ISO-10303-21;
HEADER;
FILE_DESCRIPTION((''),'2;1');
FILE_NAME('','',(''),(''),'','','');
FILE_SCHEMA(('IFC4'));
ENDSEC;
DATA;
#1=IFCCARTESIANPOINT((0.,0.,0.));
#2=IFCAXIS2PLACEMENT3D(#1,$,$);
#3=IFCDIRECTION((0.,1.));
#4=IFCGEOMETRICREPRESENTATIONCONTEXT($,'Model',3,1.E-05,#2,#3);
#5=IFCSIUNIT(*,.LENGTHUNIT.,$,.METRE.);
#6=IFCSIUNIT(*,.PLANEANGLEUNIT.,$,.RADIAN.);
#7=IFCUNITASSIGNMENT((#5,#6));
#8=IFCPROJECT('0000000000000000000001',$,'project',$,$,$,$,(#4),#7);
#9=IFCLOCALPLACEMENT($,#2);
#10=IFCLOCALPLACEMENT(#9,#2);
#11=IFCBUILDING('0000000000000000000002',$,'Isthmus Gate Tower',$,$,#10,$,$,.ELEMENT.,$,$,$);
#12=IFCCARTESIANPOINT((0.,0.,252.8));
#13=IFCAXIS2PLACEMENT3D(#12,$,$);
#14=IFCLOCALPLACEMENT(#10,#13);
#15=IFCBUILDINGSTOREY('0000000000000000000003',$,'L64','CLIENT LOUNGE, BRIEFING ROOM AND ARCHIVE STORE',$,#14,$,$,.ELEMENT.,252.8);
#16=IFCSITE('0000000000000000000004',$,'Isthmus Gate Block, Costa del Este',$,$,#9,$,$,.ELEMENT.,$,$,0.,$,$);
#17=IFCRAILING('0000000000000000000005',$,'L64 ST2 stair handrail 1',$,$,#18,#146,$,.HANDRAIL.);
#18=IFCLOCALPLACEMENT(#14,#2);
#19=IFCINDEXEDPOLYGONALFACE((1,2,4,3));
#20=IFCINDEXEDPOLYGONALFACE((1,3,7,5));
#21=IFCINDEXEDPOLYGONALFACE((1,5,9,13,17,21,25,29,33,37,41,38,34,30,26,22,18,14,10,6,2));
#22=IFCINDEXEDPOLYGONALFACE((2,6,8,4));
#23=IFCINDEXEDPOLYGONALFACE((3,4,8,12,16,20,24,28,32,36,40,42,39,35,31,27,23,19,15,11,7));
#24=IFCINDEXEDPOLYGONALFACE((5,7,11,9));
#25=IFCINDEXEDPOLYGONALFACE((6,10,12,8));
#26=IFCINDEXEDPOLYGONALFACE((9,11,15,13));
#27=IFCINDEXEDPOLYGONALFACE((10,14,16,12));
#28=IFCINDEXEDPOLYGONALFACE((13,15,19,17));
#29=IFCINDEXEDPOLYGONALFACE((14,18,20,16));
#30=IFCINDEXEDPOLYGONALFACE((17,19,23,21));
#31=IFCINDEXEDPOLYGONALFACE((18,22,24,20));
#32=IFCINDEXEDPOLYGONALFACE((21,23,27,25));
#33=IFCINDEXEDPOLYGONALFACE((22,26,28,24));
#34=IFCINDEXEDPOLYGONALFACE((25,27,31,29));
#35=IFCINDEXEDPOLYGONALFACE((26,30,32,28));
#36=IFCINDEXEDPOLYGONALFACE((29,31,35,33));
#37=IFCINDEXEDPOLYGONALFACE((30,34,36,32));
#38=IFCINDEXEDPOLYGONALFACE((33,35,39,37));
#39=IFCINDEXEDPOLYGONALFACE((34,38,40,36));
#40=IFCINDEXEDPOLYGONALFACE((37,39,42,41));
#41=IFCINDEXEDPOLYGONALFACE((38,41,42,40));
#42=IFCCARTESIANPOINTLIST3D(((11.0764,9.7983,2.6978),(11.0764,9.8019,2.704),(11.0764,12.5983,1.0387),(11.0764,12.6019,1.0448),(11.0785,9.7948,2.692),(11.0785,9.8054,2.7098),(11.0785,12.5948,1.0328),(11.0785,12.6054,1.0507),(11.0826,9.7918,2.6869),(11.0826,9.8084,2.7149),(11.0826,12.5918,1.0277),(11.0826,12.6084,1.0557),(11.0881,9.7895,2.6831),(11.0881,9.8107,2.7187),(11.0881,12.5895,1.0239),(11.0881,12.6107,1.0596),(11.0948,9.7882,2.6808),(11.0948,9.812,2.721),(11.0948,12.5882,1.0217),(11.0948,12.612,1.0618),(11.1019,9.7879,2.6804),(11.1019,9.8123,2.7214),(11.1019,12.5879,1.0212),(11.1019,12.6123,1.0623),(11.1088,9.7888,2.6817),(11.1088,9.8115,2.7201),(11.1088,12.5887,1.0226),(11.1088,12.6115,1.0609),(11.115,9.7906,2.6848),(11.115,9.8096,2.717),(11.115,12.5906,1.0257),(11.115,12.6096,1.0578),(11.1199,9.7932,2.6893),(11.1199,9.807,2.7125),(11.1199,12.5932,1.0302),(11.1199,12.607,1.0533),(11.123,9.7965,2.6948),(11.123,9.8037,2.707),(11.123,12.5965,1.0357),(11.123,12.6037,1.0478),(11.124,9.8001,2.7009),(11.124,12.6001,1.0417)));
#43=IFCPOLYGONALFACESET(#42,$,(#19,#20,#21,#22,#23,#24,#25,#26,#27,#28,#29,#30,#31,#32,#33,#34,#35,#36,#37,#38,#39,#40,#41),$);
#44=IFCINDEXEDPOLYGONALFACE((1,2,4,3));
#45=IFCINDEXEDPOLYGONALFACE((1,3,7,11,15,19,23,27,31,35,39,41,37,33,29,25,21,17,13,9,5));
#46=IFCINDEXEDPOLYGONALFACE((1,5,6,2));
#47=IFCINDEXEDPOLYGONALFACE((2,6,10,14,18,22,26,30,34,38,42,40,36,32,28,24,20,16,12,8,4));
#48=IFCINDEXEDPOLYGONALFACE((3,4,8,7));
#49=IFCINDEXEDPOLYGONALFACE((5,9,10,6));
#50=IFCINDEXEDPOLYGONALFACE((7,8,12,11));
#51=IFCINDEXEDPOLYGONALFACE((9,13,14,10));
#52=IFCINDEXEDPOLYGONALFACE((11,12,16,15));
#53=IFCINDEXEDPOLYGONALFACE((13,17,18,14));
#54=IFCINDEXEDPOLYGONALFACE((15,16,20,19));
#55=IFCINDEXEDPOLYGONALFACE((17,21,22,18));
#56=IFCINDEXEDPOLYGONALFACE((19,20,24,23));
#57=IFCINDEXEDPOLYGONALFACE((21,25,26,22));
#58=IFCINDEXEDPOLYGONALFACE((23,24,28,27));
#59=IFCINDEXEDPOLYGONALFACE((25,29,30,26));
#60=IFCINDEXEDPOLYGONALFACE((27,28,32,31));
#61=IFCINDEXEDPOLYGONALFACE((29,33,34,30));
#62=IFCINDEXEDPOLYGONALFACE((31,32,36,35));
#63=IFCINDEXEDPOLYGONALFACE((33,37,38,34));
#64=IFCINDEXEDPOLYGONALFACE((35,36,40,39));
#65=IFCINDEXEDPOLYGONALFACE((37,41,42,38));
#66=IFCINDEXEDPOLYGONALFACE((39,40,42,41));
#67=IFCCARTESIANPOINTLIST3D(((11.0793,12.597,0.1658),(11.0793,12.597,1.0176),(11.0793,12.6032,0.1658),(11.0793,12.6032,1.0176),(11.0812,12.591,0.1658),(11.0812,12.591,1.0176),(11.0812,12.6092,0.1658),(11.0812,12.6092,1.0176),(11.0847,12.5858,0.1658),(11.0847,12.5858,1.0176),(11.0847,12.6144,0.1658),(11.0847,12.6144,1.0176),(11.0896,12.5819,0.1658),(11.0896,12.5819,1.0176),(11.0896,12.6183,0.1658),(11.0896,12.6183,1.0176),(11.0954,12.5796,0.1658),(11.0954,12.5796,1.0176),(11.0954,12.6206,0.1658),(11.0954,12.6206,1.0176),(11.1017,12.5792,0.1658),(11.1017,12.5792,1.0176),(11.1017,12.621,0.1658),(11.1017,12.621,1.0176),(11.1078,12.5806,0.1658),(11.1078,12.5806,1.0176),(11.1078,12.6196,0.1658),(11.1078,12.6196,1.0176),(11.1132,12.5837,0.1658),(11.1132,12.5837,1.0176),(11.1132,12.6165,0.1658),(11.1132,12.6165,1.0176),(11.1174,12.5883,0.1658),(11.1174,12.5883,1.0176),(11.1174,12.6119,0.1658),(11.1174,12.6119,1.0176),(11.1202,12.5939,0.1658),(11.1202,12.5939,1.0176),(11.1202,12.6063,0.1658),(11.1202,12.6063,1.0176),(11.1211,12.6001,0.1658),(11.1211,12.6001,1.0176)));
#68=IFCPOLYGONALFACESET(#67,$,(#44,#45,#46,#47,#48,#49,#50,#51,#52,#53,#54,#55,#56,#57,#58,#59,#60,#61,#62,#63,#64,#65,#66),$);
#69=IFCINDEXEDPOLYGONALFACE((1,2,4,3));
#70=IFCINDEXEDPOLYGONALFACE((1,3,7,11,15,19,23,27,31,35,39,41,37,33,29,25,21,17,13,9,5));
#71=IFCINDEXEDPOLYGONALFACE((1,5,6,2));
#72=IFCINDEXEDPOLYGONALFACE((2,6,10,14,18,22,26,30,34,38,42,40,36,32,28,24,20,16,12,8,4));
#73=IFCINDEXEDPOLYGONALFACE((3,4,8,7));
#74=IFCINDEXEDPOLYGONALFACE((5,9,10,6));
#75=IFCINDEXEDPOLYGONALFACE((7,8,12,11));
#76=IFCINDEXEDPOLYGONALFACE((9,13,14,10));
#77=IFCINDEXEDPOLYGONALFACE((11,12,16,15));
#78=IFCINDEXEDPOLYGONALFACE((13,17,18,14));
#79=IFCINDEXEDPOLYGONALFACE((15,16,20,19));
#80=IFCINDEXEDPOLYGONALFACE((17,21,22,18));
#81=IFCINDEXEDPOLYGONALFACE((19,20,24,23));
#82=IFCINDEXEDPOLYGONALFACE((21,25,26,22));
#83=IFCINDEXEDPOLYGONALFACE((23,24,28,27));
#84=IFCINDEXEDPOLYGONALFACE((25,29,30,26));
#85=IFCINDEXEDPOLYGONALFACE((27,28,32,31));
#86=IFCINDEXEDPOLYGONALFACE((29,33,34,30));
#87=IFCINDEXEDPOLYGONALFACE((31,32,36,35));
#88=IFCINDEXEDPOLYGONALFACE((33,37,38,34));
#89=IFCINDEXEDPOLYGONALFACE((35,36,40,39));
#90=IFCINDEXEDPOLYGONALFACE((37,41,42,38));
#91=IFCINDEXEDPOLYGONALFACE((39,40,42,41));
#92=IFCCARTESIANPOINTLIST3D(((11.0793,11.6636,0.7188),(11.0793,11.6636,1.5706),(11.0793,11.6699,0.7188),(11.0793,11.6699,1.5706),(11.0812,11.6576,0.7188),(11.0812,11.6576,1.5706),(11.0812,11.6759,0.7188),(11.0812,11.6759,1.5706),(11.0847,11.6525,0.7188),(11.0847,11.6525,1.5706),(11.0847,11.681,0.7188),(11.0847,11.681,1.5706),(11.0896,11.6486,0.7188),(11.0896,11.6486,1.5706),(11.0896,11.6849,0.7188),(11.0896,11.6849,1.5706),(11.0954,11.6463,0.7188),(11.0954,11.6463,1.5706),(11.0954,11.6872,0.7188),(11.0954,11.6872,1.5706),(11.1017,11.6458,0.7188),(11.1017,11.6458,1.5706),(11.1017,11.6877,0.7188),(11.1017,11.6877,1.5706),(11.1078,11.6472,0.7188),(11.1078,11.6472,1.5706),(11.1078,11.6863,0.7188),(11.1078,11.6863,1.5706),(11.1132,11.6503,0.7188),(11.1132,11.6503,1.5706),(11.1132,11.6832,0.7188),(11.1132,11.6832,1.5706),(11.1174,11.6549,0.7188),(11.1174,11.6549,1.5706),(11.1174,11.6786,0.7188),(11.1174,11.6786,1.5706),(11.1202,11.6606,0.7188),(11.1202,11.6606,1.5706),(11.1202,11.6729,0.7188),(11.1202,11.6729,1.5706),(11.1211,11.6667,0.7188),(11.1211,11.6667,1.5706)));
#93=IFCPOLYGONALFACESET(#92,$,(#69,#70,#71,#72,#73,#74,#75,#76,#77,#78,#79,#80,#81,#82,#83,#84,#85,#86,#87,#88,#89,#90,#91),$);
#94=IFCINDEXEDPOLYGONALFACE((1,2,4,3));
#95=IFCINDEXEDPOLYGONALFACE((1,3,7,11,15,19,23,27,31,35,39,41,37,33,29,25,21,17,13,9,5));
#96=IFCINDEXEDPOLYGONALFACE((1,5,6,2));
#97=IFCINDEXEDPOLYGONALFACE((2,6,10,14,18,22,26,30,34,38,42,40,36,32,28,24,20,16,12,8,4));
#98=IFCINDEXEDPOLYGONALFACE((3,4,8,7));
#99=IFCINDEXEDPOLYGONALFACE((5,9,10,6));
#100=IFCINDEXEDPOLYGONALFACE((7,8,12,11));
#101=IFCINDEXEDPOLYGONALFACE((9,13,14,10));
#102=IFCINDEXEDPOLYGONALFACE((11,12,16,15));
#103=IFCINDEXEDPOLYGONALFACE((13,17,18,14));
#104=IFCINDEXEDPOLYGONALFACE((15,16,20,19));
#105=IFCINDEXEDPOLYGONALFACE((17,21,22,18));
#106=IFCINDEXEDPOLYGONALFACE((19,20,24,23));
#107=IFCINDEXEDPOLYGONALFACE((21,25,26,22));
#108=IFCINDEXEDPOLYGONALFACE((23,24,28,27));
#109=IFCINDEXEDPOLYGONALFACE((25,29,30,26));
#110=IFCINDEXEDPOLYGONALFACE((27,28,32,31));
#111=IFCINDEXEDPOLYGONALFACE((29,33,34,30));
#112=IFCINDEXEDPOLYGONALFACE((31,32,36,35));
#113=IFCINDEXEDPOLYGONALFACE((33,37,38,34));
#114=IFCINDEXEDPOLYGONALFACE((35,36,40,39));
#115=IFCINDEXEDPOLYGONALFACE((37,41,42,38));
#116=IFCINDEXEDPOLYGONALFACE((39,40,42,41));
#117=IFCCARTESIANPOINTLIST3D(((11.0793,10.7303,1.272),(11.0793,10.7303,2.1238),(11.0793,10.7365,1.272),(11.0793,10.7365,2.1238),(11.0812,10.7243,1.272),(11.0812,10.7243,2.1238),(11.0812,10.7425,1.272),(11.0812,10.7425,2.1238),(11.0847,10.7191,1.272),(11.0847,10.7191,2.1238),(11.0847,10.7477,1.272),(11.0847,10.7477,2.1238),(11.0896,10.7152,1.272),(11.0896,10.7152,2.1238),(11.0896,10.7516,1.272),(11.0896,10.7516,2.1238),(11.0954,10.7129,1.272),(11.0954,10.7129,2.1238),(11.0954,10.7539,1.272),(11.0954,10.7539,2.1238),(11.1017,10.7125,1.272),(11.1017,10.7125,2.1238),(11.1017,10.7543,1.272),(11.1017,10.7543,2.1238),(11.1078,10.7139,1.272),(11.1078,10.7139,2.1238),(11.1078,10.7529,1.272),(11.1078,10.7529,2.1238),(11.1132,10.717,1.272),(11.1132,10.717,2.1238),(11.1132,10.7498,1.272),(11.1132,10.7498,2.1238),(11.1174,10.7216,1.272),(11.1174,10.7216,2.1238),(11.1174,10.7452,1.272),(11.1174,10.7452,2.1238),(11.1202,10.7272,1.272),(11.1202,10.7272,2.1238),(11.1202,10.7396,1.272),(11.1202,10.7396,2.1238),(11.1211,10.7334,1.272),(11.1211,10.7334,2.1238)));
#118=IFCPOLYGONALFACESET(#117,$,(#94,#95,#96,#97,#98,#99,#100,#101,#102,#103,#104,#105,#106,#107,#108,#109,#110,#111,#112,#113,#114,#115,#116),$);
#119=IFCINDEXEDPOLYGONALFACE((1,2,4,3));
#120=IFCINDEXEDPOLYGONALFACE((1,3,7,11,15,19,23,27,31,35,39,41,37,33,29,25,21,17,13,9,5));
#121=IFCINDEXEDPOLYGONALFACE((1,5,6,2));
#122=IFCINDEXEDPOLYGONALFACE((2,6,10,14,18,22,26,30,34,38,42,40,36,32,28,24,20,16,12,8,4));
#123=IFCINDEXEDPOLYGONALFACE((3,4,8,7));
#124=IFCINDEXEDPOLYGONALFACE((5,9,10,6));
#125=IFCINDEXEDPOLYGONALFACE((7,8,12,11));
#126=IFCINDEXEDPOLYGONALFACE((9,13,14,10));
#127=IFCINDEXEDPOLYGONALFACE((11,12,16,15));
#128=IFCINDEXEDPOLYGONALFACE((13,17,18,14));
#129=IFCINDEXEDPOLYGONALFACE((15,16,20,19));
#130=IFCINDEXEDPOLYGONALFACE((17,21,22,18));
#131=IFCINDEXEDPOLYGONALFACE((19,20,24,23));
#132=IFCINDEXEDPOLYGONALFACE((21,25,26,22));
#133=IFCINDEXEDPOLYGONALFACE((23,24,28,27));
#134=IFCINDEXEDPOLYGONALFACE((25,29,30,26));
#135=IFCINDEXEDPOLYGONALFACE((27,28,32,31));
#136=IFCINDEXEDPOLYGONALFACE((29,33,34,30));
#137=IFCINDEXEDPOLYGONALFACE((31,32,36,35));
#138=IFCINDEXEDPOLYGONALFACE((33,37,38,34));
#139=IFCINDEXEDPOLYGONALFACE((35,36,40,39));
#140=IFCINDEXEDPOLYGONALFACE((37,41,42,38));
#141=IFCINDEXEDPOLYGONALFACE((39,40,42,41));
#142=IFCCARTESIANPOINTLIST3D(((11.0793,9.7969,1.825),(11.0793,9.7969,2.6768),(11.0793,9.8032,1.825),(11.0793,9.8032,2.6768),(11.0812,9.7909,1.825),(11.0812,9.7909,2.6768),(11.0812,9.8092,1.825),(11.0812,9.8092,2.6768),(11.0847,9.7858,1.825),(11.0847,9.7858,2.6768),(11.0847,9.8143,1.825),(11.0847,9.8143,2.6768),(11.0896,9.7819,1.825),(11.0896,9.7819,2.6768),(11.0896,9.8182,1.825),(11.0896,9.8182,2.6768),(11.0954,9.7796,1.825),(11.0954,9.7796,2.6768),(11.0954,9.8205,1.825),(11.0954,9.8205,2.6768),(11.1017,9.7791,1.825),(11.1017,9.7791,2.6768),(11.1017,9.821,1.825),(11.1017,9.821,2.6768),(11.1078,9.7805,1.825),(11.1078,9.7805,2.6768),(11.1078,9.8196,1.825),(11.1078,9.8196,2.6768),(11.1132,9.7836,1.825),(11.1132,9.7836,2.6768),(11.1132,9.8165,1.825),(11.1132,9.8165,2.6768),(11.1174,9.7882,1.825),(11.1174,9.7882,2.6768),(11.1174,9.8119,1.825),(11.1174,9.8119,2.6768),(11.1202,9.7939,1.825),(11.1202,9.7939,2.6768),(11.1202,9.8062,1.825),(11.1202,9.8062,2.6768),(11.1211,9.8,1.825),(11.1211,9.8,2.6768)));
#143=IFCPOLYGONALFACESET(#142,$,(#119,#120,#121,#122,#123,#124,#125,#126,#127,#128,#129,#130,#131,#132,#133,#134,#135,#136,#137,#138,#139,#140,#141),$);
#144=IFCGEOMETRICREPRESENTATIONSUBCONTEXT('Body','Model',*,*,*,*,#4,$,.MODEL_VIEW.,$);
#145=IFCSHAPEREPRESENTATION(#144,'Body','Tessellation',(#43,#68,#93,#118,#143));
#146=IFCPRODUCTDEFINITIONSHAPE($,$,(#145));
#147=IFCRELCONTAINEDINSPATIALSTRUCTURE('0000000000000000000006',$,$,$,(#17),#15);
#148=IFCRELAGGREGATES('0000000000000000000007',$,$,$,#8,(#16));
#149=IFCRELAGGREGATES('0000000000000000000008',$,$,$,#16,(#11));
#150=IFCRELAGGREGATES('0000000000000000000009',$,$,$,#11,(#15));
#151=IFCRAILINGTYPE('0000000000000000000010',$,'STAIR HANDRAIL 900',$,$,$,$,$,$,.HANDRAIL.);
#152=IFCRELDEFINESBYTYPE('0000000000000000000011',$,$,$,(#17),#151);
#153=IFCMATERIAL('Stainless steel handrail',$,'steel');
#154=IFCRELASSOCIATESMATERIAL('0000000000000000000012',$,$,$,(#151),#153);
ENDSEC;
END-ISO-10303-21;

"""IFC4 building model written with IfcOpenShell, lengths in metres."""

from ifc_helpers import new_model, si_unit, direction, frame, origin, origin_2d, place, context, subcontext, project, spatial, circle, extrude, material, type_object, element, save


model = new_model("IFC4")

# Units and contexts
model_context = context("Model", 3, precision=1e-05, world=origin(), true_north=direction((0.0, 1.0)))
body_context = subcontext(model_context, "Body", "Model", "MODEL_VIEW")
ifc_project = project(units=[si_unit("LENGTHUNIT", "METRE"), si_unit("PLANEANGLEUNIT", "RADIAN")], contexts=[model_context])

# Site, building, storey
site_placement = place(None, origin())
site = spatial("IfcSite", under=ifc_project, at=site_placement, Name="Isthmus Gate Block, Costa del Este", CompositionType="ELEMENT", RefElevation=0.0)
building_placement = place(site_placement, origin())
building = spatial("IfcBuilding", under=site, at=building_placement, Name="Isthmus Gate Tower", CompositionType="ELEMENT")
storey_placement = place(building_placement, frame((0.0, 0.0, 252.8)))
storey = spatial("IfcBuildingStorey", under=building, at=storey_placement, Name="L64", Description="CLIENT LOUNGE, BRIEFING ROOM AND ARCHIVE STORE", CompositionType="ELEMENT", Elevation=252.8)

# Railing
ifc_material_1 = material(Name="Stainless steel handrail", Category="steel")
railing_type_1 = type_object("IfcRailingType", Name="STAIR HANDRAIL 900", PredefinedType="HANDRAIL", material=ifc_material_1)
railing_1_placement = place(storey_placement, frame((11.1001, 12.6001, 0.1658)))
element("IfcRailing", 1, at=railing_1_placement, inside=storey, type_object=railing_type_1, Name="L64 ST2 stair handrail 1", PredefinedType="HANDRAIL", context=body_context, shape_type="SweptSolid", body=[
    extrude(circle(Radius=0.0239, at=origin_2d()), frame((0.0, 0.0, 0.876), z_axis=(0.0, -0.860306, 0.509778), x_axis=(1.0, 0.0, 0.0)), (0.0, 0.0, 1.0), 3.2546),
    extrude(circle(Radius=0.021, at=origin_2d()), origin(), (0.0, 0.0, 1.0), 0.8518),
    extrude(circle(Radius=0.021, at=origin_2d()), frame((0.0, -0.9333, 0.553)), (0.0, 0.0, 1.0), 0.8518),
    extrude(circle(Radius=0.021, at=origin_2d()), frame((0.0, -1.8667, 1.1062)), (0.0, 0.0, 1.0), 0.8518),
    extrude(circle(Radius=0.021, at=origin_2d()), frame((0.0, -2.8, 1.6592)), (0.0, 0.0, 1.0), 0.8518),
])

save(model, "model.ifc")
